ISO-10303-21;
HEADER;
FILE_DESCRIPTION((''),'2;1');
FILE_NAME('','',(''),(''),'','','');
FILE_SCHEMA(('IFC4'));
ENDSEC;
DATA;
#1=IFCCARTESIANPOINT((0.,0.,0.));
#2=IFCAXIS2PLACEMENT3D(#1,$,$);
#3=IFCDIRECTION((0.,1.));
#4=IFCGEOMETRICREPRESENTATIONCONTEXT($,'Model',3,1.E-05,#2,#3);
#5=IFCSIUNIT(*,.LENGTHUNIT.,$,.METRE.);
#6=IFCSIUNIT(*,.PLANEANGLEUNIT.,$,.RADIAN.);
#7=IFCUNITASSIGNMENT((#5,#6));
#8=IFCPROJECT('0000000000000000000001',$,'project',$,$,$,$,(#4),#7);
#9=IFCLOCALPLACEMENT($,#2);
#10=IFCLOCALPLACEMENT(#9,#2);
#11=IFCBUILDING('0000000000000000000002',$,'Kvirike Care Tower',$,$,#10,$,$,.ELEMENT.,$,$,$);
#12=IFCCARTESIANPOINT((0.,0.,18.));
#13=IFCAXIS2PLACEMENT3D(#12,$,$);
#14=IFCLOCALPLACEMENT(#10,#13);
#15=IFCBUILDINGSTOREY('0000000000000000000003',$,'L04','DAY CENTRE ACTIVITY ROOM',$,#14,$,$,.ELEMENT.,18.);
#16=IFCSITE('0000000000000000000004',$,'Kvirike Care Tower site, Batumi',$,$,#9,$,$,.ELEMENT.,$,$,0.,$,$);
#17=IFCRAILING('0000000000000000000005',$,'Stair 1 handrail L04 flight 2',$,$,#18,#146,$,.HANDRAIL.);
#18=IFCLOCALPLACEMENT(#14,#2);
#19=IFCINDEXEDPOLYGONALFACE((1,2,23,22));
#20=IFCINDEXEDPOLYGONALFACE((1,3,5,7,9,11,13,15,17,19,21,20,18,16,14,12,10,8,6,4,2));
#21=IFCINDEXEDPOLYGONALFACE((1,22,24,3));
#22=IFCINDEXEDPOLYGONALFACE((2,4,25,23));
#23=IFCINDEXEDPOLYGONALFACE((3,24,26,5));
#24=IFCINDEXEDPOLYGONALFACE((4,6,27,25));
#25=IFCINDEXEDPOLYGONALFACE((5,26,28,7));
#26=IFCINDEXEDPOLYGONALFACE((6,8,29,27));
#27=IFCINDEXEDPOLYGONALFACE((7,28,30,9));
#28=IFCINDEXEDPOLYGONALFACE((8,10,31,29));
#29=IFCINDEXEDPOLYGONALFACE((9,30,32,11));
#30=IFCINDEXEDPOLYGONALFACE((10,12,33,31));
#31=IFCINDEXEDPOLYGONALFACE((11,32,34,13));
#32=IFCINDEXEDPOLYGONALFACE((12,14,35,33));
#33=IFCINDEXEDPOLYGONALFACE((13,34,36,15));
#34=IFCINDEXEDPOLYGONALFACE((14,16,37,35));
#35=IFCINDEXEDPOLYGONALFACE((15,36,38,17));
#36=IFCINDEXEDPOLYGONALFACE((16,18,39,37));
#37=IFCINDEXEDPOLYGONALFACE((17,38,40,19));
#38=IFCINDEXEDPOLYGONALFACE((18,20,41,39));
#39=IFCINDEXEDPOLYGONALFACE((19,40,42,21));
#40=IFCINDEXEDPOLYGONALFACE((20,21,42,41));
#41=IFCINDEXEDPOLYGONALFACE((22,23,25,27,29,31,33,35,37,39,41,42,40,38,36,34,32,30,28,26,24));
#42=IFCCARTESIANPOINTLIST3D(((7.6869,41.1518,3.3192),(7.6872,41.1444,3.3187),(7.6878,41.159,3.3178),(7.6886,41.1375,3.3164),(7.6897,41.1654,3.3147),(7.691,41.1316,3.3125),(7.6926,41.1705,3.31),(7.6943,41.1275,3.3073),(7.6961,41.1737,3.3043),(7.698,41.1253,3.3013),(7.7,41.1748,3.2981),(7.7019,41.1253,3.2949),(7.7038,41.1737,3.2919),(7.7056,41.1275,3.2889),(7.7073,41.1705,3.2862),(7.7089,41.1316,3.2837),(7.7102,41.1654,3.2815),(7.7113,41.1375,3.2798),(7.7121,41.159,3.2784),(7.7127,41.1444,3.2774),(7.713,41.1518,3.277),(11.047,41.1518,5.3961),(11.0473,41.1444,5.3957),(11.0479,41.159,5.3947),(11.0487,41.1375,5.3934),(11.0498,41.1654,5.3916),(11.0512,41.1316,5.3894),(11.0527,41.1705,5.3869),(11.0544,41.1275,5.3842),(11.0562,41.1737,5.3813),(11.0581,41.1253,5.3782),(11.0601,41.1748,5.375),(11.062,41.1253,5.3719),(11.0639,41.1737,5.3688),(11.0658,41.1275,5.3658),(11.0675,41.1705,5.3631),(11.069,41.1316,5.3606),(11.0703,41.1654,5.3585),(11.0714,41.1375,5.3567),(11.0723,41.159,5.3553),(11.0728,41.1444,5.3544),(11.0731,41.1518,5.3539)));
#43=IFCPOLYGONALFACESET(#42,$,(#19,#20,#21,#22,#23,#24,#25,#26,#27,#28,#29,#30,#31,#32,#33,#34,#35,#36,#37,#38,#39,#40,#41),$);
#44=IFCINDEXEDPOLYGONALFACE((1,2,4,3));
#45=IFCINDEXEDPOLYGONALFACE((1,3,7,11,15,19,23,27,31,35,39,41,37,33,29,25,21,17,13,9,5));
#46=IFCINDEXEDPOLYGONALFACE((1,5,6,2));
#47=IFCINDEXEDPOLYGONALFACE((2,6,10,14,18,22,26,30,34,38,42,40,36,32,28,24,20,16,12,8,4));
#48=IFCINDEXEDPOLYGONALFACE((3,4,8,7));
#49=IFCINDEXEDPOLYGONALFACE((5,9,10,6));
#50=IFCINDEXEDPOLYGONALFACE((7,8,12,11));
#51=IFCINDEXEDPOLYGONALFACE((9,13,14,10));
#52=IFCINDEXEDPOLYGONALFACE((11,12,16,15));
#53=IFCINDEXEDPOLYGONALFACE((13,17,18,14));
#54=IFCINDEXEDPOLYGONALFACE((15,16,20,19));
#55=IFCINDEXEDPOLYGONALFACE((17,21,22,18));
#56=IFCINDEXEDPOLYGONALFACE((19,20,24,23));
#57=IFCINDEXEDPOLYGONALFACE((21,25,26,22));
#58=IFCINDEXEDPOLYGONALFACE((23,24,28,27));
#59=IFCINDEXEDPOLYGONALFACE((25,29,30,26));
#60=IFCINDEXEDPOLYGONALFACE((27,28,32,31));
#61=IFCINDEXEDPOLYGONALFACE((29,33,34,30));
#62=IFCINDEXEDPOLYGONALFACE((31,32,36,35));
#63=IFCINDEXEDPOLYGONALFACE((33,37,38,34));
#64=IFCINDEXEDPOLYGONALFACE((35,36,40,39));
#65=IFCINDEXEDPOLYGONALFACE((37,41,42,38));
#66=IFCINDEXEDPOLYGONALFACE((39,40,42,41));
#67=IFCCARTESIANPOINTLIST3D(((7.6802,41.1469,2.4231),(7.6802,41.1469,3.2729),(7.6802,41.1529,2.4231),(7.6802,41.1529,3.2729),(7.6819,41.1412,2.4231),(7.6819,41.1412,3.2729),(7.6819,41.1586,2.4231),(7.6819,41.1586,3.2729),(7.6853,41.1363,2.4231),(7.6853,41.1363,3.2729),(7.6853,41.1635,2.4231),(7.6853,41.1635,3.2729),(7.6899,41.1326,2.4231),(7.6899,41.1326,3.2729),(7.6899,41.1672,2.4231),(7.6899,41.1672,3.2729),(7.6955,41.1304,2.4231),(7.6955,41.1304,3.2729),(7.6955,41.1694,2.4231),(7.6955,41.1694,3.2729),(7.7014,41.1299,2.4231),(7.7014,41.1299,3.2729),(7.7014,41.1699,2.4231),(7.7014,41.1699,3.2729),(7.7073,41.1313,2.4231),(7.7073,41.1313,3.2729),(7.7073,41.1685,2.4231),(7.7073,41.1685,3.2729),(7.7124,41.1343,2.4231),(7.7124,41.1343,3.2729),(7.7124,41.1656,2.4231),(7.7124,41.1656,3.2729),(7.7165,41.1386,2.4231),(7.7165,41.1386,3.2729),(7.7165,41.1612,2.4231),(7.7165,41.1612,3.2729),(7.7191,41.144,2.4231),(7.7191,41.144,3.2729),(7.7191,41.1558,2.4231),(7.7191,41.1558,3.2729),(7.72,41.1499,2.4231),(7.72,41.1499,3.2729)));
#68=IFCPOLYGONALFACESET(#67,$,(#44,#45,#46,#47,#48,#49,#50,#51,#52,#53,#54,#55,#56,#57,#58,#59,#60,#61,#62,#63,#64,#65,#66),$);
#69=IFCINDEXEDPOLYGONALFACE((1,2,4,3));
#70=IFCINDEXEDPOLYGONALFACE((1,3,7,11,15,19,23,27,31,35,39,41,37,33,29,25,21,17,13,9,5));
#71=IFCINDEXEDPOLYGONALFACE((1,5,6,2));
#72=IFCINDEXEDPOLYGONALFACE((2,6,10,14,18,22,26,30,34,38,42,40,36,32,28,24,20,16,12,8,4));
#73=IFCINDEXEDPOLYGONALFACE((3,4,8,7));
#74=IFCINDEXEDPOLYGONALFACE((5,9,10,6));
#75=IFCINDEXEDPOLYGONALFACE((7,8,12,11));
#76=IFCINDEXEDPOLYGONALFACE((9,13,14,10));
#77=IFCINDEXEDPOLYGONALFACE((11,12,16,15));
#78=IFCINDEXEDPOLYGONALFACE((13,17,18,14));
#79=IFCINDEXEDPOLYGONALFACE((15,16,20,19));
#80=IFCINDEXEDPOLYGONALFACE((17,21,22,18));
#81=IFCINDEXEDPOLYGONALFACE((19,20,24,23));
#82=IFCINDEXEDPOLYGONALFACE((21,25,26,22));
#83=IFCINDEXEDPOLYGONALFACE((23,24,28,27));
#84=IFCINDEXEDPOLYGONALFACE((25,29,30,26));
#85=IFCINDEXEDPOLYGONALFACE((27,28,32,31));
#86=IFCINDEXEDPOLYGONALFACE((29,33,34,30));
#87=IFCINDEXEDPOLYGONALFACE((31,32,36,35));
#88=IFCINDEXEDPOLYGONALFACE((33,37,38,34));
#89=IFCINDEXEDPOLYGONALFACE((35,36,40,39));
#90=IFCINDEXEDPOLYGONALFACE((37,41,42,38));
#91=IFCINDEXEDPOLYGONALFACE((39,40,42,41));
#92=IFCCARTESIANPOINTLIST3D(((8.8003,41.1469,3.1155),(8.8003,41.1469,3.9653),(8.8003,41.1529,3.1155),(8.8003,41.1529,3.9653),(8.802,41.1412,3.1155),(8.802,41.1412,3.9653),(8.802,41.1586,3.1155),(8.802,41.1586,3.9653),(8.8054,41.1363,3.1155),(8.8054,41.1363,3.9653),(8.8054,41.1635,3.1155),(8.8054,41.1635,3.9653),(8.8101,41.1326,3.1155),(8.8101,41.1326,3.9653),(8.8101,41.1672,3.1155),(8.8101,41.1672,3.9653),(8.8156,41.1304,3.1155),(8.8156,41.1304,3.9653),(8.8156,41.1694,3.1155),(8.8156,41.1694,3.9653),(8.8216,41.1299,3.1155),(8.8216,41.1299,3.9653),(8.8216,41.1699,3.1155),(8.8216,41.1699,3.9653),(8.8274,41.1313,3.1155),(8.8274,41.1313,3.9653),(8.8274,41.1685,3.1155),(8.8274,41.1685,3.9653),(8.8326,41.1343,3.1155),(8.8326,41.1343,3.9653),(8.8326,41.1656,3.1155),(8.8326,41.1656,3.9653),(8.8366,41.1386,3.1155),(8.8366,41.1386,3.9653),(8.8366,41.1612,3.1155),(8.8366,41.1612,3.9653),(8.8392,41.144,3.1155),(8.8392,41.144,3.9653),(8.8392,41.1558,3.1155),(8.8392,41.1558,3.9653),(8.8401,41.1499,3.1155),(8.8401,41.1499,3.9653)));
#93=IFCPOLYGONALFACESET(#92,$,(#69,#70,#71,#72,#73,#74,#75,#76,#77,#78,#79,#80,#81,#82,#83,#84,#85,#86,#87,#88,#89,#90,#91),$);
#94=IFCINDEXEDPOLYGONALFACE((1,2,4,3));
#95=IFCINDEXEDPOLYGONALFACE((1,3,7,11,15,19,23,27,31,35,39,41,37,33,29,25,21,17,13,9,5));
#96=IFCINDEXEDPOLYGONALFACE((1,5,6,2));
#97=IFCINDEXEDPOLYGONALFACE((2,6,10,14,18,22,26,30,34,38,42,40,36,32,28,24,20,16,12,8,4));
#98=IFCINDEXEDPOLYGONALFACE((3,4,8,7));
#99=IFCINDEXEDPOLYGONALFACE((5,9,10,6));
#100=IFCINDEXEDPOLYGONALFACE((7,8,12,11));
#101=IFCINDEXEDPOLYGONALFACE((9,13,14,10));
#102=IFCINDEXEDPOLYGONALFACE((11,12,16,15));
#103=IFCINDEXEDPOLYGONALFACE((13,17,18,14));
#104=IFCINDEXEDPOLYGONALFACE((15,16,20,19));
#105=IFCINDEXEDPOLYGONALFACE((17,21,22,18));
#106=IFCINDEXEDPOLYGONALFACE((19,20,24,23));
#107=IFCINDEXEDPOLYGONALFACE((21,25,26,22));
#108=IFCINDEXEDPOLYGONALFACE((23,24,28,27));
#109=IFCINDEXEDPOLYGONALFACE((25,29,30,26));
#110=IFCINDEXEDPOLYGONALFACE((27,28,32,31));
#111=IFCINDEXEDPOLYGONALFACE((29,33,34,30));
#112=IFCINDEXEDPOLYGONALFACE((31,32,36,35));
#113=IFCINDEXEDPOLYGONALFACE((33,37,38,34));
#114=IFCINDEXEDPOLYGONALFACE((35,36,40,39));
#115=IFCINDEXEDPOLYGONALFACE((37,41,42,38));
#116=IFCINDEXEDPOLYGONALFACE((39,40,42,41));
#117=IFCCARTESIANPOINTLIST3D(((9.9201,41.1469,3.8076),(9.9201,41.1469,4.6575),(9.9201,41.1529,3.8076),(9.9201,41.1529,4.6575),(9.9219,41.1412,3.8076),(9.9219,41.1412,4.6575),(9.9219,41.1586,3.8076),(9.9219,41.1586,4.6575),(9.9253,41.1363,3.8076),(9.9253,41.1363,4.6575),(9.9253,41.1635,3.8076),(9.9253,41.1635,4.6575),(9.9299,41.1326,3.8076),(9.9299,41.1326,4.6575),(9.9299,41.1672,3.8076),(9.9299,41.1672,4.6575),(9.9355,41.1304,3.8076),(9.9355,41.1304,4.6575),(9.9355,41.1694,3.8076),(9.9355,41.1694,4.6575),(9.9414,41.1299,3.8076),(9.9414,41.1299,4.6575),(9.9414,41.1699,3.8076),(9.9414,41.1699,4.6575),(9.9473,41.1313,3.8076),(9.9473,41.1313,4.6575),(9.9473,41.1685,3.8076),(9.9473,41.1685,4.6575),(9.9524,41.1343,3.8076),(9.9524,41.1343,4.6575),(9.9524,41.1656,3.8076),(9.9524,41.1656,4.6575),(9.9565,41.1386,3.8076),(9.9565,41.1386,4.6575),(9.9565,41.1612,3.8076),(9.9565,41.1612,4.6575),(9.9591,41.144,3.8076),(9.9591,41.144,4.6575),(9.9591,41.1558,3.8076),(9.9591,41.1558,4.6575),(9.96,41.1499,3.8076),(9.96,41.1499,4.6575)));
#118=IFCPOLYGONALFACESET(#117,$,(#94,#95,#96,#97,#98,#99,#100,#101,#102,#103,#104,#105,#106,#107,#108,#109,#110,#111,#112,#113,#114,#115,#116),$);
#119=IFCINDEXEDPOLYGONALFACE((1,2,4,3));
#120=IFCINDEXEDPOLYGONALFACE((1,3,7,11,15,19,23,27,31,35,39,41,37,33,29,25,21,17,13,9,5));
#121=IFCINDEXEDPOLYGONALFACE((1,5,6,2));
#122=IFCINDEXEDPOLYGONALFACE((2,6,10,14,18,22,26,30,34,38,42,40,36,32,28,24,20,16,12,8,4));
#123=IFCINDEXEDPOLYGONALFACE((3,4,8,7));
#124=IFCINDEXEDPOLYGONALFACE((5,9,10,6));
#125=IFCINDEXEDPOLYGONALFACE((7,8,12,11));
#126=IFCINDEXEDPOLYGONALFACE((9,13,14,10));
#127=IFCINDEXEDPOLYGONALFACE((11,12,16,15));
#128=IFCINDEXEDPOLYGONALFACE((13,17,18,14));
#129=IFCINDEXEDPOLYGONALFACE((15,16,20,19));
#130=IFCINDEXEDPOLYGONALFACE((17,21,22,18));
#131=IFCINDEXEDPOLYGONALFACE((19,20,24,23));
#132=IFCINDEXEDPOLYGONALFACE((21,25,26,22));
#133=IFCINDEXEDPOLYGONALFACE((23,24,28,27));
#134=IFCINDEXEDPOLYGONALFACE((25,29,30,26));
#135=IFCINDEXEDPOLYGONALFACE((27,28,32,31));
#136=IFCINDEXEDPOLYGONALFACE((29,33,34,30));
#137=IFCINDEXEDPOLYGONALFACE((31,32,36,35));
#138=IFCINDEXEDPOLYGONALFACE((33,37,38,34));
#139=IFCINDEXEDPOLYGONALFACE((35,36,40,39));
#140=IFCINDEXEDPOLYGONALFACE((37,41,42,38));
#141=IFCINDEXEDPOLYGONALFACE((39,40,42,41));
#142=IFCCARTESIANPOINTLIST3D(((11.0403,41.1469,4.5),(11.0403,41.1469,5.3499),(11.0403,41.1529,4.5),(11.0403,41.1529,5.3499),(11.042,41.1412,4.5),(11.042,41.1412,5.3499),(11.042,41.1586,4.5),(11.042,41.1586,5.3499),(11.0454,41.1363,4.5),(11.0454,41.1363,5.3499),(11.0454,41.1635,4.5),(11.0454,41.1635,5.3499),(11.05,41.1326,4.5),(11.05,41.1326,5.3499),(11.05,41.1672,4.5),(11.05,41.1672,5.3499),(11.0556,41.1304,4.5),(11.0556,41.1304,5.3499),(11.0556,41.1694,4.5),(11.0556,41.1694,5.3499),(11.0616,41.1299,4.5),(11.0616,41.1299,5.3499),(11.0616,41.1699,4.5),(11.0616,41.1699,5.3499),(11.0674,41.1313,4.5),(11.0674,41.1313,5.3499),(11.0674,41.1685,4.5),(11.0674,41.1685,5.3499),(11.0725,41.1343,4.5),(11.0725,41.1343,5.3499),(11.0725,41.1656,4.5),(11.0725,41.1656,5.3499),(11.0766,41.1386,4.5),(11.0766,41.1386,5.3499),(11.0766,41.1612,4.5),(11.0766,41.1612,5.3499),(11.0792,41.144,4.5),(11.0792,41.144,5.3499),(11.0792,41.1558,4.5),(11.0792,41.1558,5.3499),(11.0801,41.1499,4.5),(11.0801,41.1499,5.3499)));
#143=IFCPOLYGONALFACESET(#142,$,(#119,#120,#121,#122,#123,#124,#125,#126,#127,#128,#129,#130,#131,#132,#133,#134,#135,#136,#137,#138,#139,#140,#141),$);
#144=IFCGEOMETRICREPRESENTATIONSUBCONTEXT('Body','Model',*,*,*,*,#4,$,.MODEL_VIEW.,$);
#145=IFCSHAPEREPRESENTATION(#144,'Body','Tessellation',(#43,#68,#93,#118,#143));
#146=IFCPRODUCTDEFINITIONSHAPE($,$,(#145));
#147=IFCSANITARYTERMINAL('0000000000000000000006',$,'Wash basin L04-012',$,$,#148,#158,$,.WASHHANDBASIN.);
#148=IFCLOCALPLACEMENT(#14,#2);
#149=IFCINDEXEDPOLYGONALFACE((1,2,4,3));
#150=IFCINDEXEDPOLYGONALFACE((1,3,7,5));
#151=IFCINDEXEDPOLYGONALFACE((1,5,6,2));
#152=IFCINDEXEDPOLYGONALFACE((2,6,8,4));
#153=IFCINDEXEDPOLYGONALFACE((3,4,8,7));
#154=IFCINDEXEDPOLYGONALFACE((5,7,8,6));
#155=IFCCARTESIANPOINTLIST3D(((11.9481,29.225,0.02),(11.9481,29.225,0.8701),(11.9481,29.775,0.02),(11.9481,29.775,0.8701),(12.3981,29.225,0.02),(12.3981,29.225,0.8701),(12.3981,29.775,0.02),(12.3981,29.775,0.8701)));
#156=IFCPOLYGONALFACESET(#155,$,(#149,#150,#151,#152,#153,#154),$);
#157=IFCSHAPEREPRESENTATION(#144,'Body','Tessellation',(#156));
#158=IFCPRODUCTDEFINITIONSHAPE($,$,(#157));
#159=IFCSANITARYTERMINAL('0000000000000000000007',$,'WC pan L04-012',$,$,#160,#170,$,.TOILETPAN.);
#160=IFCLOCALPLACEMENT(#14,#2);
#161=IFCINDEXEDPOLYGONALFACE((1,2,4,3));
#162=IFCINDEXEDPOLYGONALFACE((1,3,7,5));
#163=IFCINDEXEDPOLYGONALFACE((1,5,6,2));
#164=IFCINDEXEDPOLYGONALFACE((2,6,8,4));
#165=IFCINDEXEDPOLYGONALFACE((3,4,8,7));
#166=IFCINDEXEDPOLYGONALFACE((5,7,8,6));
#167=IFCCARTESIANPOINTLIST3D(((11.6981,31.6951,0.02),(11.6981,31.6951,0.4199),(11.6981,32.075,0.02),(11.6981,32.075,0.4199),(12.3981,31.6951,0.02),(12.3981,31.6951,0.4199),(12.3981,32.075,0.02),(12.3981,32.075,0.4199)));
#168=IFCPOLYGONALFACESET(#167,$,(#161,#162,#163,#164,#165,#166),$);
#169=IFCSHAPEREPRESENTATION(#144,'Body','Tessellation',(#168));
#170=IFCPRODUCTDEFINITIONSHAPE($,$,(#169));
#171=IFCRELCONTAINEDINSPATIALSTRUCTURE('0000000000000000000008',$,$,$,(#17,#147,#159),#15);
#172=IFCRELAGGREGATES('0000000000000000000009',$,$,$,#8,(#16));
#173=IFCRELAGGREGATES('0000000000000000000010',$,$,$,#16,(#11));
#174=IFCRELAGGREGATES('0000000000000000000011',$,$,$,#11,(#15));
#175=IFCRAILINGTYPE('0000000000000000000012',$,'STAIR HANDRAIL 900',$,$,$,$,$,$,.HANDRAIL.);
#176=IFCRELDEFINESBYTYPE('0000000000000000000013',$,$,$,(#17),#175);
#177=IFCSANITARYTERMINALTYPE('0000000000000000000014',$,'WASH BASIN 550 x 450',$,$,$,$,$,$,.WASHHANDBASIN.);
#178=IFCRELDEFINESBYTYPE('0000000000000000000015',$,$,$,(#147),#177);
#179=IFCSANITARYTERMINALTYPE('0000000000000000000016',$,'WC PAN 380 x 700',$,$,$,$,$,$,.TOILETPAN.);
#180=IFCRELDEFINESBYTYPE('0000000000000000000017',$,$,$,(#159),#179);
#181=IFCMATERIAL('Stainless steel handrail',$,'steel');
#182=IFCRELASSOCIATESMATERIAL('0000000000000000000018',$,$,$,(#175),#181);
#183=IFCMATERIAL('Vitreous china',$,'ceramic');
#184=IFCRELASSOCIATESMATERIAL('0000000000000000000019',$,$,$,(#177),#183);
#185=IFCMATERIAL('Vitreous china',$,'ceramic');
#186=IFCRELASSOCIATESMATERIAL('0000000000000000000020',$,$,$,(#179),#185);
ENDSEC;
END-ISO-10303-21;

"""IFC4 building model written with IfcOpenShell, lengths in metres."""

from ifc_helpers import new_model, si_unit, direction, frame, origin, origin_2d, place, context, subcontext, project, spatial, rectangle, circle, extrude, material, type_object, element, save


model = new_model("IFC4")

# Units and contexts
model_context = context("Model", 3, precision=1e-05, world=origin(), true_north=direction((0.0, 1.0)))
body_context = subcontext(model_context, "Body", "Model", "MODEL_VIEW")
ifc_project = project(units=[si_unit("LENGTHUNIT", "METRE"), si_unit("PLANEANGLEUNIT", "RADIAN")], contexts=[model_context])

# Site, building, storey
site_placement = place(None, origin())
site = spatial("IfcSite", under=ifc_project, at=site_placement, Name="Kvirike Care Tower site, Batumi", CompositionType="ELEMENT", RefElevation=0.0)
building_placement = place(site_placement, origin())
building = spatial("IfcBuilding", under=site, at=building_placement, Name="Kvirike Care Tower", CompositionType="ELEMENT")
storey_placement = place(building_placement, frame((0.0, 0.0, 18.0)))
storey = spatial("IfcBuildingStorey", under=building, at=storey_placement, Name="L04", Description="DAY CENTRE ACTIVITY ROOM", CompositionType="ELEMENT", Elevation=18.0)

# Railing
ifc_material_1 = material(Name="Stainless steel handrail", Category="steel")
railing_type = type_object("IfcRailingType", Name="STAIR HANDRAIL 900", PredefinedType="HANDRAIL", material=ifc_material_1)
railing_1_placement = place(storey_placement, frame((7.7, 41.1499, 2.4231)))
element("IfcRailing", 1, at=railing_1_placement, inside=storey, type_object=railing_type, Name="Stair 1 handrail L04 flight 2", PredefinedType="HANDRAIL", context=body_context, shape_type="SweptSolid", body=[
    extrude(circle(Radius=0.0249, at=origin_2d()), frame((0.0, 0.0, 0.875), z_axis=(0.850623, 0.0, 0.525776), x_axis=(0.0, 1.0, 0.0)), (0.0, 0.0, 1.0), 3.9502),
    extrude(circle(Radius=0.02, at=origin_2d()), origin(), (0.0, 0.0, 1.0), 0.8499),
    extrude(circle(Radius=0.02, at=origin_2d()), frame((1.1201, 0.0, 0.6924)), (0.0, 0.0, 1.0), 0.8499),
    extrude(circle(Radius=0.02, at=origin_2d()), frame((2.24, 0.0, 1.3845)), (0.0, 0.0, 1.0), 0.8499),
    extrude(circle(Radius=0.02, at=origin_2d()), frame((3.3601, 0.0, 2.0769)), (0.0, 0.0, 1.0), 0.8499),
])

# Sanitary terminals
ifc_material_2 = material(Name="Vitreous china", Category="ceramic")
sanitary_terminal_type_1 = type_object("IfcSanitaryTerminalType", Name="WASH BASIN 550 x 450", PredefinedType="WASHHANDBASIN", material=ifc_material_2)
sanitary_terminal_1_placement = place(storey_placement, frame((12.1731, 29.5, 0.02), z_axis=(0.0, 0.0, 1.0), x_axis=(0.0, -1.0, 0.0)))
element("IfcSanitaryTerminal", 2, at=sanitary_terminal_1_placement, inside=storey, type_object=sanitary_terminal_type_1, Name="Wash basin L04-012", PredefinedType="WASHHANDBASIN", context=body_context, shape_type="SweptSolid", body=[
    extrude(rectangle(XDim=0.55, YDim=0.45, at=origin_2d()), origin(), (0.0, 0.0, 1.0), 0.8501),
])
ifc_material_3 = material(Name="Vitreous china", Category="ceramic")
sanitary_terminal_type_2 = type_object("IfcSanitaryTerminalType", Name="WC PAN 380 x 700", PredefinedType="TOILETPAN", material=ifc_material_3)
sanitary_terminal_2_placement = place(storey_placement, frame((12.0481, 31.885, 0.02), z_axis=(0.0, 0.0, 1.0), x_axis=(0.0, -1.0, 0.0)))
element("IfcSanitaryTerminal", 3, at=sanitary_terminal_2_placement, inside=storey, type_object=sanitary_terminal_type_2, Name="WC pan L04-012", PredefinedType="TOILETPAN", context=body_context, shape_type="SweptSolid", body=[
    extrude(rectangle(XDim=0.3799, YDim=0.7, at=origin_2d()), origin(), (0.0, 0.0, 1.0), 0.3999),
])

save(model, "model.ifc")
